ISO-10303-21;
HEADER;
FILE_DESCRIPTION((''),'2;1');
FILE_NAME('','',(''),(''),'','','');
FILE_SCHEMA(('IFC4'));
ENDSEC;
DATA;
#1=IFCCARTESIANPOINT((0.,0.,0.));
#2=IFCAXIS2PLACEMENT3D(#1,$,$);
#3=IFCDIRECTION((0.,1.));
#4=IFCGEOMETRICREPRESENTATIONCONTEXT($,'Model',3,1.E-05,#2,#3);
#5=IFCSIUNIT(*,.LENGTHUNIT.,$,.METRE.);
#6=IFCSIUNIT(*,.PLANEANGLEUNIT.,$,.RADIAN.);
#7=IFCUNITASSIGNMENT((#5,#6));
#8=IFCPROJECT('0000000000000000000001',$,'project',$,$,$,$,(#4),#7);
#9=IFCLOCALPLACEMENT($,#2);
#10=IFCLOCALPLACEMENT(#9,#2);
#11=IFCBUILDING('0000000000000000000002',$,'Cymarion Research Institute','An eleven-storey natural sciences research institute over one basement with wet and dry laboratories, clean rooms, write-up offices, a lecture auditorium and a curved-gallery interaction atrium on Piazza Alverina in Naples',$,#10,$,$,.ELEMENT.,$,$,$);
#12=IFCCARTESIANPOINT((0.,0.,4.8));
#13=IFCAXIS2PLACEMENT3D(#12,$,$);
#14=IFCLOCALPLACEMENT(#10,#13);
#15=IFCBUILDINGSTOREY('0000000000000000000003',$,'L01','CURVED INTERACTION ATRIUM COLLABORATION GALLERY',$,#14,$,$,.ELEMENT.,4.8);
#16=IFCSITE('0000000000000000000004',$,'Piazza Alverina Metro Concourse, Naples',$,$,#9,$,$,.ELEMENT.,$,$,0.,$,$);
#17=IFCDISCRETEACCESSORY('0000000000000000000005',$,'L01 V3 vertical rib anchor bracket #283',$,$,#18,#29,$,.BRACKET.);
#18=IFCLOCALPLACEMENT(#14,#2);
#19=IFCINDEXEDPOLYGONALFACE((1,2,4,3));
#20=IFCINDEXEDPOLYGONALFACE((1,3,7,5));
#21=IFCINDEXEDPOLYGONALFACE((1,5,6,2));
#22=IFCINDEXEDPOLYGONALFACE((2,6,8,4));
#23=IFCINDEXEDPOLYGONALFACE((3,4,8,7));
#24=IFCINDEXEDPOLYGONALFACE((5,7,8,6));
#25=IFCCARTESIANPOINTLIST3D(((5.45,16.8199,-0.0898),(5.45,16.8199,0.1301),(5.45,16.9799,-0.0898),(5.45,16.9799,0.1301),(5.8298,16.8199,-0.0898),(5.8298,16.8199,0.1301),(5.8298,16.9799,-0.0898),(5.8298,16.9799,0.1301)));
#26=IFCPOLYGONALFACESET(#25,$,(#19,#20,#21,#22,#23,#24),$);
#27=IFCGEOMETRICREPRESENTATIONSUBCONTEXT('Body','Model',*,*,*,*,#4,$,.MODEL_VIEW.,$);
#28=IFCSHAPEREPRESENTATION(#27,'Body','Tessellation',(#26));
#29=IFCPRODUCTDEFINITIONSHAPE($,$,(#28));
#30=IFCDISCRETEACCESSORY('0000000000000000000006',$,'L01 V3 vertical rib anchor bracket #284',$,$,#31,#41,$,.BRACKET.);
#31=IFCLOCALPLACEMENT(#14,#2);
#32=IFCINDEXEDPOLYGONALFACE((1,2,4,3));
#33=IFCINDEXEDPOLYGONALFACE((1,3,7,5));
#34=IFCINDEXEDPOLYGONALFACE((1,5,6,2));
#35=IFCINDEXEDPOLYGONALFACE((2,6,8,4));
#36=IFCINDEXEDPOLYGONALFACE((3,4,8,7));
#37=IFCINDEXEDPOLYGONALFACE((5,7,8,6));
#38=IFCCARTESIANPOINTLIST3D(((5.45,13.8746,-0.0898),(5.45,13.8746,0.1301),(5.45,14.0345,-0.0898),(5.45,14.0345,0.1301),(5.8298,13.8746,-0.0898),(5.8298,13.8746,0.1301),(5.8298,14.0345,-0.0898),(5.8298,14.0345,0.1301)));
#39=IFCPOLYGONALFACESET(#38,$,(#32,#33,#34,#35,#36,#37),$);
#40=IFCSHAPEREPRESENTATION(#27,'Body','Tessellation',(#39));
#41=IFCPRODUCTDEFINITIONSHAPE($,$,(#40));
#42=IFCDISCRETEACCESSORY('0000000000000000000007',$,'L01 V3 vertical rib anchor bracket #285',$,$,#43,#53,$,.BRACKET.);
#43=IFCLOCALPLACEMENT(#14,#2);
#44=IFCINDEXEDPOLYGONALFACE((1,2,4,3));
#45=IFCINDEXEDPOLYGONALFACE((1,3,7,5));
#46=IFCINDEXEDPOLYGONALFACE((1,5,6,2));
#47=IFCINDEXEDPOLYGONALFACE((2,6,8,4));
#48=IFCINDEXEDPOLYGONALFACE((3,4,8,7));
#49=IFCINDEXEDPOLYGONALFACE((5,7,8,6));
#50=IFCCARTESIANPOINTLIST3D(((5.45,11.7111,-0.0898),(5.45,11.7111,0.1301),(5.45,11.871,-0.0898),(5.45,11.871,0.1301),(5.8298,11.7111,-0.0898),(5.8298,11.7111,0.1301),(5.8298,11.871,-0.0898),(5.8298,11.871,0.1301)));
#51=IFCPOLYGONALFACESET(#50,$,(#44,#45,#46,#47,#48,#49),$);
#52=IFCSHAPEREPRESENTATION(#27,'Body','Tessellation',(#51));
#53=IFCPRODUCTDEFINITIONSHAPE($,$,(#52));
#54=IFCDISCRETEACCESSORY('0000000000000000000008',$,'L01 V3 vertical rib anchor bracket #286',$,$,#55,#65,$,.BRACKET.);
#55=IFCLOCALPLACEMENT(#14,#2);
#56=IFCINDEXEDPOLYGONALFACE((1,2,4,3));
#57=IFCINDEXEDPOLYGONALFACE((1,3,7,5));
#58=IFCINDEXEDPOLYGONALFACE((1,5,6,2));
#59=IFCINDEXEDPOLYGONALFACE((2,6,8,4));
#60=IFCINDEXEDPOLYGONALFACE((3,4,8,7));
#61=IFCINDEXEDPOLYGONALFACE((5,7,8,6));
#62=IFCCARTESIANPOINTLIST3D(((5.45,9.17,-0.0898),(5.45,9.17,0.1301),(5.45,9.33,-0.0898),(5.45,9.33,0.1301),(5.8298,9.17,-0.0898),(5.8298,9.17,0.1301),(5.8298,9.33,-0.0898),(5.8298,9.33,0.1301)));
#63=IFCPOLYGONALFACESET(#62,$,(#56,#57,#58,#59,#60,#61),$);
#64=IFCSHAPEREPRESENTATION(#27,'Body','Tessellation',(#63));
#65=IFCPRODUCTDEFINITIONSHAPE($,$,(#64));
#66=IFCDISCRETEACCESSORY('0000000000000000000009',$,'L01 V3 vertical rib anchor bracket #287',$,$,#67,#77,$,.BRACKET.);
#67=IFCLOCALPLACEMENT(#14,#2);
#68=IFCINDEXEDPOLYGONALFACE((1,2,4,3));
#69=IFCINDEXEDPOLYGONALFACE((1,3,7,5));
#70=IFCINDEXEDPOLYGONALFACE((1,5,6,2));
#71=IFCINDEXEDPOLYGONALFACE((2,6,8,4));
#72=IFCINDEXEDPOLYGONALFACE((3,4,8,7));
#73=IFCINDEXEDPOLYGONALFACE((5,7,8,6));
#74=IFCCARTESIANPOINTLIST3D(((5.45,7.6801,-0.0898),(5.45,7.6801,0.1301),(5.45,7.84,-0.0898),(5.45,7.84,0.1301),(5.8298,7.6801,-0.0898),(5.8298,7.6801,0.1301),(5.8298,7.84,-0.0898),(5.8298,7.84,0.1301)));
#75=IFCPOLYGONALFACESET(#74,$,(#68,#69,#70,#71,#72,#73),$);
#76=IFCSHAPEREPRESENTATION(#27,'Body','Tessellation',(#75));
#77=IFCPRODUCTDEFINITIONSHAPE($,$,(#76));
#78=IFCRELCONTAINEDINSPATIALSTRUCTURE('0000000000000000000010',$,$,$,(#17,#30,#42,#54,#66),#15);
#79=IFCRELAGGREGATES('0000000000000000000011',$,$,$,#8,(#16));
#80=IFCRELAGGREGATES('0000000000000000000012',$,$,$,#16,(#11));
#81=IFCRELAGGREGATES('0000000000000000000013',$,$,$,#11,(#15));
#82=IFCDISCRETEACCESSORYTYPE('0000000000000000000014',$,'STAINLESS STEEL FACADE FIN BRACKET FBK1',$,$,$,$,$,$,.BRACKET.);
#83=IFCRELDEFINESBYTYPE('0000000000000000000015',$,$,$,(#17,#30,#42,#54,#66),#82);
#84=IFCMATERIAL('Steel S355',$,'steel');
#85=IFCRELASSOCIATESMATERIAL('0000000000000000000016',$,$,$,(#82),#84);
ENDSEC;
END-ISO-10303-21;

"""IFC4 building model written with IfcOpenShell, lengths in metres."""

from ifc_helpers import new_model, si_unit, direction, frame, origin, origin_2d, place, context, subcontext, project, spatial, rectangle, extrude, material, type_object, element, save


model = new_model("IFC4")

# Units and contexts
model_context = context("Model", 3, precision=1e-05, world=origin(), true_north=direction((0.0, 1.0)))
body_context = subcontext(model_context, "Body", "Model", "MODEL_VIEW")
ifc_project = project(units=[si_unit("LENGTHUNIT", "METRE"), si_unit("PLANEANGLEUNIT", "RADIAN")], contexts=[model_context])

# Site, building, storey
site_placement = place(None, origin())
site = spatial("IfcSite", under=ifc_project, at=site_placement, Name="Piazza Alverina Metro Concourse, Naples", CompositionType="ELEMENT", RefElevation=0.0)
building_placement = place(site_placement, origin())
building = spatial("IfcBuilding", under=site, at=building_placement, Name="Cymarion Research Institute", Description="An eleven-storey natural sciences research institute over one basement with wet and dry laboratories, clean rooms, write-up offices, a lecture auditorium and a curved-gallery interaction atrium on Piazza Alverina in Naples", CompositionType="ELEMENT")
storey_placement = place(building_placement, frame((0.0, 0.0, 4.8)))
storey = spatial("IfcBuildingStorey", under=building, at=storey_placement, Name="L01", Description="CURVED INTERACTION ATRIUM COLLABORATION GALLERY", CompositionType="ELEMENT", Elevation=4.8)

# Shared definitions
ifc_material_1 = material(Name="Steel S355", Category="steel")

# Discrete accessories
discrete_accessory_type = type_object("IfcDiscreteAccessoryType", Name="STAINLESS STEEL FACADE FIN BRACKET FBK1", PredefinedType="BRACKET", material=ifc_material_1)
for number, where, z_axis, x_axis, name in (
    (1, (5.6399, 16.8999, -0.0898), (0.0, 0.0, 1.0), (-1.0, 0.0, 0.0), "L01 V3 vertical rib anchor bracket #283"),
    (2, (5.6399, 13.9546, -0.0898), (0.0, 0.0, 1.0), (-1.0, 0.0, 0.0), "L01 V3 vertical rib anchor bracket #284"),
    (3, (5.6399, 11.791, -0.0898), (0.0, 0.0, 1.0), (-1.0, 0.0, 0.0), "L01 V3 vertical rib anchor bracket #285"),
    (4, (5.6399, 9.25, -0.0898), (0.0, 0.0, 1.0), (-1.0, 0.0, 0.0), "L01 V3 vertical rib anchor bracket #286"),
    (5, (5.6399, 7.76, -0.0898), (0.0, 0.0, 1.0), (-1.0, 0.0, 0.0), "L01 V3 vertical rib anchor bracket #287"),
):
    element("IfcDiscreteAccessory", number, at=place(storey_placement, frame(where, z_axis=z_axis, x_axis=x_axis)), inside=storey, type_object=discrete_accessory_type, Name=name, PredefinedType="BRACKET", context=body_context, shape_type="SweptSolid", body=[
        extrude(rectangle(XDim=0.3799, YDim=0.1599, at=origin_2d()), origin(), (0.0, 0.0, 1.0), 0.22),
    ])

save(model, "model.ifc")
